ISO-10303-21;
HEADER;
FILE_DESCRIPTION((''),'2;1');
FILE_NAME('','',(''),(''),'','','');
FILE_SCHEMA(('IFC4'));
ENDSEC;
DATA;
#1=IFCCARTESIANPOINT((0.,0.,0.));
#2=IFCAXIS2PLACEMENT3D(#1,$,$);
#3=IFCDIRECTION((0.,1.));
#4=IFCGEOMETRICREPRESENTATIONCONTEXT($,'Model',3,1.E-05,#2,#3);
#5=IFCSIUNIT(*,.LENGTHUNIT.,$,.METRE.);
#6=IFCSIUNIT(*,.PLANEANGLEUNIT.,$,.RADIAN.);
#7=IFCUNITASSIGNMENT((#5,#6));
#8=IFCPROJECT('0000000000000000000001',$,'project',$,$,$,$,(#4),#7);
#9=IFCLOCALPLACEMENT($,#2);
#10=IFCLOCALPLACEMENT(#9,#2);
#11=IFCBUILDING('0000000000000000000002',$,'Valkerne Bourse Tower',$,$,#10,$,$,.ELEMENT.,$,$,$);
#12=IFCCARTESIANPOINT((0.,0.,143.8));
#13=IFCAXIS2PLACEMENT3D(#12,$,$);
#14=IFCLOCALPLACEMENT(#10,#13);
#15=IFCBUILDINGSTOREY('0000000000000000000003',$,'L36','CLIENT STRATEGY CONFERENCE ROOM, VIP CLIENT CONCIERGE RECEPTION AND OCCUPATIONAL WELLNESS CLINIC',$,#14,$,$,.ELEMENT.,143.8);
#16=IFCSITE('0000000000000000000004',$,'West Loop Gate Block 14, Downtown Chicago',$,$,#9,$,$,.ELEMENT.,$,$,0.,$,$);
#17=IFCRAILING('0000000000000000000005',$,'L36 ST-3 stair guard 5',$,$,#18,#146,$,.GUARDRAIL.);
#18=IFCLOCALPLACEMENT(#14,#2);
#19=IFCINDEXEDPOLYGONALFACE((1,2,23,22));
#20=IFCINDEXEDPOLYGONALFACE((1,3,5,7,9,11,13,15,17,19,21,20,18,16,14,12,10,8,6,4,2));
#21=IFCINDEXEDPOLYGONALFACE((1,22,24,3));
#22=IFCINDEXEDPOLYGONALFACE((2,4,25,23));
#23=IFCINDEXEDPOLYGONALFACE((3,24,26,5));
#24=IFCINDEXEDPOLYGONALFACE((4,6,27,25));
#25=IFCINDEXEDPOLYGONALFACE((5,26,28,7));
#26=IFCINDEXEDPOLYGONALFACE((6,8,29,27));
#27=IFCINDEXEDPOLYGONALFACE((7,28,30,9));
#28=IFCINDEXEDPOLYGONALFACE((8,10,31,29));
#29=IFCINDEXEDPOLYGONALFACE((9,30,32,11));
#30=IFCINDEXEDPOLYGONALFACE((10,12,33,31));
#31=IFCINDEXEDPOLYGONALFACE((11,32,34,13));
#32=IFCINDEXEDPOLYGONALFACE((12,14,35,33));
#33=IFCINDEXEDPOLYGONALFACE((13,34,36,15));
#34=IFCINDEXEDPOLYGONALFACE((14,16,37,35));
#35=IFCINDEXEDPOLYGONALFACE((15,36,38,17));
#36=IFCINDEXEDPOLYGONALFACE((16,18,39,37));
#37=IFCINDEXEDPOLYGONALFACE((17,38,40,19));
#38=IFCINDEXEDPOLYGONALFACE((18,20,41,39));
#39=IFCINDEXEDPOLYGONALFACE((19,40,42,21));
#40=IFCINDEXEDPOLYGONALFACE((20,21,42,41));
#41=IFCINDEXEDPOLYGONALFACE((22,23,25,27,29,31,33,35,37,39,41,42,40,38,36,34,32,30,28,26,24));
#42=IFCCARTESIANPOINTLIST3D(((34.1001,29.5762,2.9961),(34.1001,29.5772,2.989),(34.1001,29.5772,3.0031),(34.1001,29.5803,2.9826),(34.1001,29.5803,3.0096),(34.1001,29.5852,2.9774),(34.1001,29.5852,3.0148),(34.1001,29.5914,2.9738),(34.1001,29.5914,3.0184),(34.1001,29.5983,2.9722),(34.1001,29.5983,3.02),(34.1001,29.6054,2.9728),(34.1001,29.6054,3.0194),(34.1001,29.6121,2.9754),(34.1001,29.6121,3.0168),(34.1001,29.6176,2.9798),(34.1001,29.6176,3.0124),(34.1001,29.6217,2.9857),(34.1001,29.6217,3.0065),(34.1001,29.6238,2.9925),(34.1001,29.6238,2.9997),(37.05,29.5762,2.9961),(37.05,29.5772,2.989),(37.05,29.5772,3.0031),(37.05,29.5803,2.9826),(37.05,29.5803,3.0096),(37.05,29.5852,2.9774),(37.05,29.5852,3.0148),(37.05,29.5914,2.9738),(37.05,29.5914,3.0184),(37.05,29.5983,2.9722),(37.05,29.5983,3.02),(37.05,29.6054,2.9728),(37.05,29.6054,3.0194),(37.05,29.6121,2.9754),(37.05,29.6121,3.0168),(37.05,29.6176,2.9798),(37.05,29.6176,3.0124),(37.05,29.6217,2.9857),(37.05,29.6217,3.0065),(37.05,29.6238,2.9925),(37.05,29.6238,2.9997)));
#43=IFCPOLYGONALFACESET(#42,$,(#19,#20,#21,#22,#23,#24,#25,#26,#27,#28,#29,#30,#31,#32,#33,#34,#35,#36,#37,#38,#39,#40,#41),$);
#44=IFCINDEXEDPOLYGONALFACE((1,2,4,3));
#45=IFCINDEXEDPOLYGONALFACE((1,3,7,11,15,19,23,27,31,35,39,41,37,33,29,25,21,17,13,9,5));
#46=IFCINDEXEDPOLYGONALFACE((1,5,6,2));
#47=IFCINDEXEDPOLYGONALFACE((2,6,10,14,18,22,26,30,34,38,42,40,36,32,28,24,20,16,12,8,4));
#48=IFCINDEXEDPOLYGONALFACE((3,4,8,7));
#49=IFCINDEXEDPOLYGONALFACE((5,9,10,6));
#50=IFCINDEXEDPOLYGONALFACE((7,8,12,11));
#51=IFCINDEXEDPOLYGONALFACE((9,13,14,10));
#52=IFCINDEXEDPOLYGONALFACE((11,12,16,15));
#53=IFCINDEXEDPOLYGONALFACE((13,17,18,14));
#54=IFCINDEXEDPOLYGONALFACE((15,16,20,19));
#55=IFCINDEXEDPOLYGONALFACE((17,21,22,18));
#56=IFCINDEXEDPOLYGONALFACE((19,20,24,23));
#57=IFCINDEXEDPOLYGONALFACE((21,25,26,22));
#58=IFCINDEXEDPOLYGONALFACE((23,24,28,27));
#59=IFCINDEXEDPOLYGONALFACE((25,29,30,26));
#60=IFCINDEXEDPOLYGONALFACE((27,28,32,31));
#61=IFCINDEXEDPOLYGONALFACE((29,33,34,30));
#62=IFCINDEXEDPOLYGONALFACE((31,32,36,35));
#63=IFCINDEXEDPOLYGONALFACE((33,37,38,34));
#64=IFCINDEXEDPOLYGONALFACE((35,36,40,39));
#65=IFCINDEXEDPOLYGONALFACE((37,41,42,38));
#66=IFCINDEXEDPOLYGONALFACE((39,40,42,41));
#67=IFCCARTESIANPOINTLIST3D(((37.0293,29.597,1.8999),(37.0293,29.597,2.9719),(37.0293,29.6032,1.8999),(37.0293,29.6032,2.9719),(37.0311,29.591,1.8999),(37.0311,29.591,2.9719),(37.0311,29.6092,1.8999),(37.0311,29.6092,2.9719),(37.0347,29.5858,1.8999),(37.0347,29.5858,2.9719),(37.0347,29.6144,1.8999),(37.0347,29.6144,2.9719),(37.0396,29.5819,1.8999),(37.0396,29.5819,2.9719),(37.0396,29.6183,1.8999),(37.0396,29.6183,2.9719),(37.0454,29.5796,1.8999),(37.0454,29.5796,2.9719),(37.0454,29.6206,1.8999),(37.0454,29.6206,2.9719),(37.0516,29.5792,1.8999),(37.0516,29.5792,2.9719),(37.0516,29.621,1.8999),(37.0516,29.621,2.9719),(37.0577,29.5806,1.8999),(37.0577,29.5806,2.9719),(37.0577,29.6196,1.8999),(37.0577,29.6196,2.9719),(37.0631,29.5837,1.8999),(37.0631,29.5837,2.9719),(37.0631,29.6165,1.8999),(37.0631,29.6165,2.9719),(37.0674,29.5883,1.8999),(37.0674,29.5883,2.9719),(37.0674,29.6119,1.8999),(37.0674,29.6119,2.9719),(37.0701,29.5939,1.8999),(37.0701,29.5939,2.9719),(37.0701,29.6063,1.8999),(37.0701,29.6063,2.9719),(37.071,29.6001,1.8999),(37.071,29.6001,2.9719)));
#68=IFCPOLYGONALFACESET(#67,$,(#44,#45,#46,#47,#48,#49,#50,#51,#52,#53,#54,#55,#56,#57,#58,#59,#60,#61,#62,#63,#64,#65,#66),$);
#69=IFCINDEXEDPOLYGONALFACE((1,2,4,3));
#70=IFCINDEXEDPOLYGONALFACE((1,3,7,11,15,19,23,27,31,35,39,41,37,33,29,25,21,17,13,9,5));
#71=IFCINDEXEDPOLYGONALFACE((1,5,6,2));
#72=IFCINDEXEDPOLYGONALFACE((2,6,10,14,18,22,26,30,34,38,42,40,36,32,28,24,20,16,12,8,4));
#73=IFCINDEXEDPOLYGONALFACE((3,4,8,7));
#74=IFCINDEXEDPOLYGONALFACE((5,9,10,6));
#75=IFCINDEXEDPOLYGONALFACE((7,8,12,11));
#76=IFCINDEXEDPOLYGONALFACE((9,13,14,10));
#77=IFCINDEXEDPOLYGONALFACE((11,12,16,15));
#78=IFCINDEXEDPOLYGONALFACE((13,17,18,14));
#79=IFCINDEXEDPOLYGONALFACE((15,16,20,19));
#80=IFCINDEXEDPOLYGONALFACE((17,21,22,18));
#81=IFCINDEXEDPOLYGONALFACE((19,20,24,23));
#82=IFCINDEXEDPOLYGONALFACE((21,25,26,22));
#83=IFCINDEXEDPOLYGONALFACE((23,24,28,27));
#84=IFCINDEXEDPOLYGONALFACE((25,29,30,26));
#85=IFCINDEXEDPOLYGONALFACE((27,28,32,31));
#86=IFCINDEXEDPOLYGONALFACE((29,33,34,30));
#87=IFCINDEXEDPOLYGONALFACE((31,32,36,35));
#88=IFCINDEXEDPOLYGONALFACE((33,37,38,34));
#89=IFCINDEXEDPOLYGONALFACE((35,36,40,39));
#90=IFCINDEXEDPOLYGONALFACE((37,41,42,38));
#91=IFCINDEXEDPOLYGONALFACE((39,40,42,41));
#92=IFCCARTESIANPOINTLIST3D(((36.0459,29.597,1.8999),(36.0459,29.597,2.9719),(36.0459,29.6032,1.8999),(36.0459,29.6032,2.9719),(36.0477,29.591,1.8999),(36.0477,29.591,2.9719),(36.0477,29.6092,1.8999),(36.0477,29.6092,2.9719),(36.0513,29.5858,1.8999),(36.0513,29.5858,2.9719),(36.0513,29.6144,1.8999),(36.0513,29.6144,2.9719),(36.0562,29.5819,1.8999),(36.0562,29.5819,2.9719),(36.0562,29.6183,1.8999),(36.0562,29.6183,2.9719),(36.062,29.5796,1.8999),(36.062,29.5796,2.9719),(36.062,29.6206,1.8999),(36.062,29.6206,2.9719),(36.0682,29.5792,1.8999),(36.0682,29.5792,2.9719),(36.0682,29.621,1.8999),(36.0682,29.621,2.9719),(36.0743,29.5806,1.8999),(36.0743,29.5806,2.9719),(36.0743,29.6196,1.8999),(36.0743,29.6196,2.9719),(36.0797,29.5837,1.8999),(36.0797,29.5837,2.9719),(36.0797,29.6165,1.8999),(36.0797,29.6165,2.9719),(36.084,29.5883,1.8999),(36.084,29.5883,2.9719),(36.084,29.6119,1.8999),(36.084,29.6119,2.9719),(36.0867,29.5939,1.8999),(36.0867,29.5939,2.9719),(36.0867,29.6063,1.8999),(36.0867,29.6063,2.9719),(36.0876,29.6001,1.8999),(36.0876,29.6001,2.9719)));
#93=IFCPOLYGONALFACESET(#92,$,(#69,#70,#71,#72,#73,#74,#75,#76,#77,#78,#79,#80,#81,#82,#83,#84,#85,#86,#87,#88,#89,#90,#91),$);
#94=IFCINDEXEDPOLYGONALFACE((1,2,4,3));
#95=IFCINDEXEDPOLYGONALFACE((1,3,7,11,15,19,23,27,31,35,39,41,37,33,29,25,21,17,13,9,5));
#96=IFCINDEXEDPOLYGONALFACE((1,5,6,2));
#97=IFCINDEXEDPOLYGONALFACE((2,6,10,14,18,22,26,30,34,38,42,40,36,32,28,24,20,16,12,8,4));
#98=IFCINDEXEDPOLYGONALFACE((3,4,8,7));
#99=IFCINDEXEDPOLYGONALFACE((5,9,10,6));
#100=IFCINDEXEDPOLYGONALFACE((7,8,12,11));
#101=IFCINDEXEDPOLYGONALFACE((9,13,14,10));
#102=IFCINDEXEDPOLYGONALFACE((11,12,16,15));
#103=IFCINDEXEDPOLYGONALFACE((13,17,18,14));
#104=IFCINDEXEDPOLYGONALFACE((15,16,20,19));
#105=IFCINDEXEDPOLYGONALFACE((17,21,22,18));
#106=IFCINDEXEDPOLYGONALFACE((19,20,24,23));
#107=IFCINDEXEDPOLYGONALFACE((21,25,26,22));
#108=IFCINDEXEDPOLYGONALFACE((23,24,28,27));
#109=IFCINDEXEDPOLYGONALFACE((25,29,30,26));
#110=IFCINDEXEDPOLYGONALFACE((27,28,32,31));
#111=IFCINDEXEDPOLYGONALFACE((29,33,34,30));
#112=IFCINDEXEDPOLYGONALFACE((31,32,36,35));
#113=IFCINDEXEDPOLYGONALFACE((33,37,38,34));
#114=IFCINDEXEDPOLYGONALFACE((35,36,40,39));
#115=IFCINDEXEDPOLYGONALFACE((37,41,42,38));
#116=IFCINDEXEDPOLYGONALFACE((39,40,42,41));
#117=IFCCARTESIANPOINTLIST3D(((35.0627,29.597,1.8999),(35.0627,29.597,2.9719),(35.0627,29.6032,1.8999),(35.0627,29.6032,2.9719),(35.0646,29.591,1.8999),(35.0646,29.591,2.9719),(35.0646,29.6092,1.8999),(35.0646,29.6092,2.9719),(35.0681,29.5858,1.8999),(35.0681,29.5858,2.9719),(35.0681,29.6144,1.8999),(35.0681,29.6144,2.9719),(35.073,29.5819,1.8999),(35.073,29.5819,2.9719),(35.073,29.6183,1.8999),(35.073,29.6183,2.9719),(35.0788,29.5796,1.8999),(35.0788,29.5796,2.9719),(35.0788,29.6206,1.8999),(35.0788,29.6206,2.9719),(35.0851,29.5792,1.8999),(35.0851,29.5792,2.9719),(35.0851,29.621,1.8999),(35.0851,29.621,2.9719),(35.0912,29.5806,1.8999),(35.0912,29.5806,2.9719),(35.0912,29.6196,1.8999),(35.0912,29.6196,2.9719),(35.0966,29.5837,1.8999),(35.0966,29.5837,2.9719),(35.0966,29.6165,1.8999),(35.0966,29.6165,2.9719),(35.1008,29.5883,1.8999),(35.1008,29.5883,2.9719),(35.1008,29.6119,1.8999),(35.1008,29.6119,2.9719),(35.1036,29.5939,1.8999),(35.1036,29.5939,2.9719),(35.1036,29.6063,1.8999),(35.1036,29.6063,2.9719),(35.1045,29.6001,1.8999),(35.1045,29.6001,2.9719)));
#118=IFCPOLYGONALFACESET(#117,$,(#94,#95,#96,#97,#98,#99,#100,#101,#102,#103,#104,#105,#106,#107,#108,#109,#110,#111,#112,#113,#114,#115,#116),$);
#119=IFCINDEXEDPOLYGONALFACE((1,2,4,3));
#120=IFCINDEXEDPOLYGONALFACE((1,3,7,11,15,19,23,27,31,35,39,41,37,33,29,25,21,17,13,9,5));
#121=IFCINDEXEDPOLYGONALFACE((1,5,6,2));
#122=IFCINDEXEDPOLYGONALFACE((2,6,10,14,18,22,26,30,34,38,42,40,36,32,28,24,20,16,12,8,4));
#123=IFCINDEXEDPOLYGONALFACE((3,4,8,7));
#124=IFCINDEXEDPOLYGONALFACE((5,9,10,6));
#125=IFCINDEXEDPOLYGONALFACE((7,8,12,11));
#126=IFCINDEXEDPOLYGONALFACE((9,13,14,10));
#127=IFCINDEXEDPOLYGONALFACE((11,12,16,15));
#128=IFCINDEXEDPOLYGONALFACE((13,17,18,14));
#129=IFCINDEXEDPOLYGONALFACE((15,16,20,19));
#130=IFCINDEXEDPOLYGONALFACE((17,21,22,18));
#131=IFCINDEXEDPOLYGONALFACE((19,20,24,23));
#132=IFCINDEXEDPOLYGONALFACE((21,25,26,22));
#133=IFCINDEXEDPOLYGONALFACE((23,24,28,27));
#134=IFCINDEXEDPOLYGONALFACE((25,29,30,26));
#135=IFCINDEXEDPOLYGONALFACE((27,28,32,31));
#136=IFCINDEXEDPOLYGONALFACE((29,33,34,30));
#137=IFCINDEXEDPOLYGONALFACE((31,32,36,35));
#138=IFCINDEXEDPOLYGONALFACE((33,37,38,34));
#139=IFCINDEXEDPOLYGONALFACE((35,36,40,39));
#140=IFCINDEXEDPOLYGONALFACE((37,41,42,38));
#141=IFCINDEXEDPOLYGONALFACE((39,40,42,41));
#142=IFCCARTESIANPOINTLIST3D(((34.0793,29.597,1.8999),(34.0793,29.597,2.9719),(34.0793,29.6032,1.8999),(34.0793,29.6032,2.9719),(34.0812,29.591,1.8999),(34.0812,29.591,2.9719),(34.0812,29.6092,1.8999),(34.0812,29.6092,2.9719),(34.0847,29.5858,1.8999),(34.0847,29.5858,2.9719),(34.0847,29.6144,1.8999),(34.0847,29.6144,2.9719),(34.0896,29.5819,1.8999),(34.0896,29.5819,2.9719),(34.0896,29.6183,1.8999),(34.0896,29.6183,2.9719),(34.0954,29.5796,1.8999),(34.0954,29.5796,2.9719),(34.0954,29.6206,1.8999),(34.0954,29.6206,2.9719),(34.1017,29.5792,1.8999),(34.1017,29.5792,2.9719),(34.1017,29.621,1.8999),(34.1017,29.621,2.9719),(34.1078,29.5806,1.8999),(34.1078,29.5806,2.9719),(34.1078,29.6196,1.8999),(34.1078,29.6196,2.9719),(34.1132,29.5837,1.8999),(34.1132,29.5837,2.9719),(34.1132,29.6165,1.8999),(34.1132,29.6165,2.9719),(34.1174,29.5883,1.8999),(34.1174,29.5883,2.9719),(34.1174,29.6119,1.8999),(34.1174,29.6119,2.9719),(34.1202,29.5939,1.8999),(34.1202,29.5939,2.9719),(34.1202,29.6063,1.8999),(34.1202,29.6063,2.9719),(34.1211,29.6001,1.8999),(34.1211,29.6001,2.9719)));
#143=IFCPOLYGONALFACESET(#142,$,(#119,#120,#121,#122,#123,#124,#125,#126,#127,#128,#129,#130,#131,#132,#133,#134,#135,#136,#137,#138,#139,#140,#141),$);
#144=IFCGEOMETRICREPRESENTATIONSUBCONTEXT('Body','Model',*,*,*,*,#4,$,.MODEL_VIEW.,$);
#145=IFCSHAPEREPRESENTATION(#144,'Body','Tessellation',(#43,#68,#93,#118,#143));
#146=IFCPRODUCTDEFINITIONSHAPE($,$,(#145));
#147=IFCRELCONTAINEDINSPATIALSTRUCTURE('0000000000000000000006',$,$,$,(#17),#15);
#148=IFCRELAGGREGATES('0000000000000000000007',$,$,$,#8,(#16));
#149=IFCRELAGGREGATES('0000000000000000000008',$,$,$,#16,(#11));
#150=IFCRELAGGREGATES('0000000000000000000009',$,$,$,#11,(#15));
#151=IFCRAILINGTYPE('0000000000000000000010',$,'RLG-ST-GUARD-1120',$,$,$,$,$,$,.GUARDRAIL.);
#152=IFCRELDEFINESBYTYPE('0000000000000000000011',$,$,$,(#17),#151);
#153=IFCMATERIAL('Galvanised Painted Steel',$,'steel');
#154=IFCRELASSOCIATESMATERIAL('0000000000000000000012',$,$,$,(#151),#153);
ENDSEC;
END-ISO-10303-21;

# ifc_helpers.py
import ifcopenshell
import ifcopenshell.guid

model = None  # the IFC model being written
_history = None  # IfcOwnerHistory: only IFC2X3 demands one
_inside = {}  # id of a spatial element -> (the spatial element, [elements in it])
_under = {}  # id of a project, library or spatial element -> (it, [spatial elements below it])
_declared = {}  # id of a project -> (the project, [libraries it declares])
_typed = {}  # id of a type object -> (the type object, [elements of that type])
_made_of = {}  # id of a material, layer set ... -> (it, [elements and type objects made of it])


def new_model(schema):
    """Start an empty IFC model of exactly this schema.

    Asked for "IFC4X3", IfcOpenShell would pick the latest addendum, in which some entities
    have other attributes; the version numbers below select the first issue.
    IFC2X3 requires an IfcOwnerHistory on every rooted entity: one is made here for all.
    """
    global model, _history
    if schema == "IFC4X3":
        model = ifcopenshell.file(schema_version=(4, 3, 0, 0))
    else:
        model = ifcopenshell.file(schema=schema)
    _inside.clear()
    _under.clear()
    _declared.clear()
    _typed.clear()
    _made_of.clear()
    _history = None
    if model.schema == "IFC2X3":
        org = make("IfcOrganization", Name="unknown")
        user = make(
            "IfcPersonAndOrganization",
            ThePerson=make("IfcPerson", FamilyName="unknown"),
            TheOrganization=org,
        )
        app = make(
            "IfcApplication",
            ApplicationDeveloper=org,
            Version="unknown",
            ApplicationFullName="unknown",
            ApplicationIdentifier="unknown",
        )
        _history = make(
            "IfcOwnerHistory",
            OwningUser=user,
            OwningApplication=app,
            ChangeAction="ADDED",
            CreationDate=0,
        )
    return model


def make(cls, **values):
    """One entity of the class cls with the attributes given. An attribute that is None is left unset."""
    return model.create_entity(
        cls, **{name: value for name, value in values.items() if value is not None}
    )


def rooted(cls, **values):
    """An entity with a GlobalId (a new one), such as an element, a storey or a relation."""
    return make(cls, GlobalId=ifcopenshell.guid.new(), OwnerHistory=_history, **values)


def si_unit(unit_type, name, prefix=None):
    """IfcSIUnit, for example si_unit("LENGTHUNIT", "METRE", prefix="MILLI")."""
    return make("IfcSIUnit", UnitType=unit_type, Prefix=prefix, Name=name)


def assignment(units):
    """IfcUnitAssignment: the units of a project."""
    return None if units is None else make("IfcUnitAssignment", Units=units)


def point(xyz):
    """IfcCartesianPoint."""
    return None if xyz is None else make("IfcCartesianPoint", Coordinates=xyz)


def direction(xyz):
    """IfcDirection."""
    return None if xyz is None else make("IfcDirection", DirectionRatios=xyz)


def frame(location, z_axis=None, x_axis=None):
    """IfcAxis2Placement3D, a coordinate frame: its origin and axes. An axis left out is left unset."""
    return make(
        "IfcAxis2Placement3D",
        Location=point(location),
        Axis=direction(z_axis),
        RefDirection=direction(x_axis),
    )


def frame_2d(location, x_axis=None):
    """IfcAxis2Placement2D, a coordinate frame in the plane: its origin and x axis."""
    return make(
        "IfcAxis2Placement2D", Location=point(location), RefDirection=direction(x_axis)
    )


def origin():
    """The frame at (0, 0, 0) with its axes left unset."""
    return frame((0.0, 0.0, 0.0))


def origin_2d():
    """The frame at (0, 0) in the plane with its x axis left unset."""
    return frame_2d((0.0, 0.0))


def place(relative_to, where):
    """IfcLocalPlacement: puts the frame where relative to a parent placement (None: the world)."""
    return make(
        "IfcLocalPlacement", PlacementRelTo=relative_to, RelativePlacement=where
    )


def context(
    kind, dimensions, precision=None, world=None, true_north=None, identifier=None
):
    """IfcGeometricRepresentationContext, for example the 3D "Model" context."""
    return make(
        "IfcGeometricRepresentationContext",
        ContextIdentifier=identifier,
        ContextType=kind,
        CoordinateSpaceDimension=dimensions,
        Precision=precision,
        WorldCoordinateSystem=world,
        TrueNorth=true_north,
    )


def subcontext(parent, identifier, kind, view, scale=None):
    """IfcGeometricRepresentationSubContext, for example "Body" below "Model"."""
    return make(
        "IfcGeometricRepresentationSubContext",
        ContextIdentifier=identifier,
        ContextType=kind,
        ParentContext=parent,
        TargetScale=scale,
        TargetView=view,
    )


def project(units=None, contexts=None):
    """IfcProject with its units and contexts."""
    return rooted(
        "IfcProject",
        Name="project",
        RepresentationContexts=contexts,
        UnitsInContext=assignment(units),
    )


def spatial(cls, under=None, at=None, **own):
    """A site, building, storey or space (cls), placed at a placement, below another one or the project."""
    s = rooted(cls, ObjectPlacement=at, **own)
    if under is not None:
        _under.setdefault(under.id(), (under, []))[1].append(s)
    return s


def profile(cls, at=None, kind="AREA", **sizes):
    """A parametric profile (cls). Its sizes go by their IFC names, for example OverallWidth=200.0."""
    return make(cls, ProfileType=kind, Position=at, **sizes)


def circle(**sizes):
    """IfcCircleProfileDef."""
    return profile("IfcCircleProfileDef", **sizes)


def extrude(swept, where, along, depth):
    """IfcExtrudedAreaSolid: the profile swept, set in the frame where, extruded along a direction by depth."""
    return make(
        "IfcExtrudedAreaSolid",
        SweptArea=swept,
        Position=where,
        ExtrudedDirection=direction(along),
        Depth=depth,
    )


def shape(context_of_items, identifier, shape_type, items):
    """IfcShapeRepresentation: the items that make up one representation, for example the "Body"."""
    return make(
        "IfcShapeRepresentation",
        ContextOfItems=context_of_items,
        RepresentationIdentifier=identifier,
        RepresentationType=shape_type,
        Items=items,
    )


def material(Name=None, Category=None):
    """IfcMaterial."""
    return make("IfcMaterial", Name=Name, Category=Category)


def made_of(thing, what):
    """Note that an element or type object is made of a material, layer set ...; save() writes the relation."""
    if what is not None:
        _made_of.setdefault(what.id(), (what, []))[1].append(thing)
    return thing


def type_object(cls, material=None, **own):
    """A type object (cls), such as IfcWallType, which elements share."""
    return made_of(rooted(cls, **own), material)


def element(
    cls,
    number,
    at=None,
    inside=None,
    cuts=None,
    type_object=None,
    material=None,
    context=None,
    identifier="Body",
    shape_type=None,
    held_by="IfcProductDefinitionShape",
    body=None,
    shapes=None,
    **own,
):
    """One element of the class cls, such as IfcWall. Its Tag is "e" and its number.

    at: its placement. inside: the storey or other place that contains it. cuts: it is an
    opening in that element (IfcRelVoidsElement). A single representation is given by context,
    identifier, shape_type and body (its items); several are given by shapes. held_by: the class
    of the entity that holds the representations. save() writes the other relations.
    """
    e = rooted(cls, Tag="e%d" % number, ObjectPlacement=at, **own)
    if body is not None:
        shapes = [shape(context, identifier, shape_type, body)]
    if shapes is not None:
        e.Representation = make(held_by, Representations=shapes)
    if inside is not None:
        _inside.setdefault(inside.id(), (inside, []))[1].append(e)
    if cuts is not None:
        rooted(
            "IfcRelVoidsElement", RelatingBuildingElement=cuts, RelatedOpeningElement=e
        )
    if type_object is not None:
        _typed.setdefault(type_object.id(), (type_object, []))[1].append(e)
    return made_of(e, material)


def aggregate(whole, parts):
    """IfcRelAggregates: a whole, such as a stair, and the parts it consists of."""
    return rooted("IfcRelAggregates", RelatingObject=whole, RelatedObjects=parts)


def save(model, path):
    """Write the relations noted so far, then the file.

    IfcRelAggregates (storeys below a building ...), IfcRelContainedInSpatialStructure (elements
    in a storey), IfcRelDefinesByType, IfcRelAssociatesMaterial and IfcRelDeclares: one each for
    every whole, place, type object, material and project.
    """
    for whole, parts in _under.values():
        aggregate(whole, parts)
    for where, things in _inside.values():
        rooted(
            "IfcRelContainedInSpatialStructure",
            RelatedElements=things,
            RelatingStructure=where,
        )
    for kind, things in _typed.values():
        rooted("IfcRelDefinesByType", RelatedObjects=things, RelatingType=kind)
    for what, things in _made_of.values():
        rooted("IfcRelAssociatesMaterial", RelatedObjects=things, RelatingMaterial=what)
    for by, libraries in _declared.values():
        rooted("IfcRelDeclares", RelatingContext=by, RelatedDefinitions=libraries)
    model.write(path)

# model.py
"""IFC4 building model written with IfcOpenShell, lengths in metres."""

from ifc_helpers import new_model, si_unit, direction, frame, origin, origin_2d, place, context, subcontext, project, spatial, circle, extrude, material, type_object, element, save


model = new_model("IFC4")

# Units and contexts
model_context = context("Model", 3, precision=1e-05, world=origin(), true_north=direction((0.0, 1.0)))
body_context = subcontext(model_context, "Body", "Model", "MODEL_VIEW")
ifc_project = project(units=[si_unit("LENGTHUNIT", "METRE"), si_unit("PLANEANGLEUNIT", "RADIAN")], contexts=[model_context])

# Site, building, storey
site_placement = place(None, origin())
site = spatial("IfcSite", under=ifc_project, at=site_placement, Name="West Loop Gate Block 14, Downtown Chicago", CompositionType="ELEMENT", RefElevation=0.0)
building_placement = place(site_placement, origin())
building = spatial("IfcBuilding", under=site, at=building_placement, Name="Valkerne Bourse Tower", CompositionType="ELEMENT")
storey_placement = place(building_placement, frame((0.0, 0.0, 143.8)))
storey = spatial("IfcBuildingStorey", under=building, at=storey_placement, Name="L36", Description="CLIENT STRATEGY CONFERENCE ROOM, VIP CLIENT CONCIERGE RECEPTION AND OCCUPATIONAL WELLNESS CLINIC", CompositionType="ELEMENT", Elevation=143.8)

# Railing
ifc_material_1 = material(Name="Galvanised Painted Steel", Category="steel")
railing_type_1 = type_object("IfcRailingType", Name="RLG-ST-GUARD-1120", PredefinedType="GUARDRAIL", material=ifc_material_1)
railing_1_placement = place(storey_placement, frame((37.05, 29.6001, 1.8999)))
element("IfcRailing", 1, at=railing_1_placement, inside=storey, type_object=railing_type_1, Name="L36 ST-3 stair guard 5", PredefinedType="GUARDRAIL", context=body_context, shape_type="SweptSolid", body=[
    extrude(circle(Radius=0.0239, at=origin_2d()), frame((0.0, 0.0, 1.0962), z_axis=(-1.0, 0.0, 0.0), x_axis=(0.0, -1.0, 0.0)), (0.0, 0.0, 1.0), 2.95),
    extrude(circle(Radius=0.021, at=origin_2d()), origin(), (0.0, 0.0, 1.0), 1.072),
    extrude(circle(Radius=0.021, at=origin_2d()), frame((-0.9834, 0.0, 0.0)), (0.0, 0.0, 1.0), 1.072),
    extrude(circle(Radius=0.021, at=origin_2d()), frame((-1.9666, 0.0, 0.0)), (0.0, 0.0, 1.0), 1.072),
    extrude(circle(Radius=0.021, at=origin_2d()), frame((-2.95, 0.0, 0.0)), (0.0, 0.0, 1.0), 1.072),
])

save(model, "model.ifc")
